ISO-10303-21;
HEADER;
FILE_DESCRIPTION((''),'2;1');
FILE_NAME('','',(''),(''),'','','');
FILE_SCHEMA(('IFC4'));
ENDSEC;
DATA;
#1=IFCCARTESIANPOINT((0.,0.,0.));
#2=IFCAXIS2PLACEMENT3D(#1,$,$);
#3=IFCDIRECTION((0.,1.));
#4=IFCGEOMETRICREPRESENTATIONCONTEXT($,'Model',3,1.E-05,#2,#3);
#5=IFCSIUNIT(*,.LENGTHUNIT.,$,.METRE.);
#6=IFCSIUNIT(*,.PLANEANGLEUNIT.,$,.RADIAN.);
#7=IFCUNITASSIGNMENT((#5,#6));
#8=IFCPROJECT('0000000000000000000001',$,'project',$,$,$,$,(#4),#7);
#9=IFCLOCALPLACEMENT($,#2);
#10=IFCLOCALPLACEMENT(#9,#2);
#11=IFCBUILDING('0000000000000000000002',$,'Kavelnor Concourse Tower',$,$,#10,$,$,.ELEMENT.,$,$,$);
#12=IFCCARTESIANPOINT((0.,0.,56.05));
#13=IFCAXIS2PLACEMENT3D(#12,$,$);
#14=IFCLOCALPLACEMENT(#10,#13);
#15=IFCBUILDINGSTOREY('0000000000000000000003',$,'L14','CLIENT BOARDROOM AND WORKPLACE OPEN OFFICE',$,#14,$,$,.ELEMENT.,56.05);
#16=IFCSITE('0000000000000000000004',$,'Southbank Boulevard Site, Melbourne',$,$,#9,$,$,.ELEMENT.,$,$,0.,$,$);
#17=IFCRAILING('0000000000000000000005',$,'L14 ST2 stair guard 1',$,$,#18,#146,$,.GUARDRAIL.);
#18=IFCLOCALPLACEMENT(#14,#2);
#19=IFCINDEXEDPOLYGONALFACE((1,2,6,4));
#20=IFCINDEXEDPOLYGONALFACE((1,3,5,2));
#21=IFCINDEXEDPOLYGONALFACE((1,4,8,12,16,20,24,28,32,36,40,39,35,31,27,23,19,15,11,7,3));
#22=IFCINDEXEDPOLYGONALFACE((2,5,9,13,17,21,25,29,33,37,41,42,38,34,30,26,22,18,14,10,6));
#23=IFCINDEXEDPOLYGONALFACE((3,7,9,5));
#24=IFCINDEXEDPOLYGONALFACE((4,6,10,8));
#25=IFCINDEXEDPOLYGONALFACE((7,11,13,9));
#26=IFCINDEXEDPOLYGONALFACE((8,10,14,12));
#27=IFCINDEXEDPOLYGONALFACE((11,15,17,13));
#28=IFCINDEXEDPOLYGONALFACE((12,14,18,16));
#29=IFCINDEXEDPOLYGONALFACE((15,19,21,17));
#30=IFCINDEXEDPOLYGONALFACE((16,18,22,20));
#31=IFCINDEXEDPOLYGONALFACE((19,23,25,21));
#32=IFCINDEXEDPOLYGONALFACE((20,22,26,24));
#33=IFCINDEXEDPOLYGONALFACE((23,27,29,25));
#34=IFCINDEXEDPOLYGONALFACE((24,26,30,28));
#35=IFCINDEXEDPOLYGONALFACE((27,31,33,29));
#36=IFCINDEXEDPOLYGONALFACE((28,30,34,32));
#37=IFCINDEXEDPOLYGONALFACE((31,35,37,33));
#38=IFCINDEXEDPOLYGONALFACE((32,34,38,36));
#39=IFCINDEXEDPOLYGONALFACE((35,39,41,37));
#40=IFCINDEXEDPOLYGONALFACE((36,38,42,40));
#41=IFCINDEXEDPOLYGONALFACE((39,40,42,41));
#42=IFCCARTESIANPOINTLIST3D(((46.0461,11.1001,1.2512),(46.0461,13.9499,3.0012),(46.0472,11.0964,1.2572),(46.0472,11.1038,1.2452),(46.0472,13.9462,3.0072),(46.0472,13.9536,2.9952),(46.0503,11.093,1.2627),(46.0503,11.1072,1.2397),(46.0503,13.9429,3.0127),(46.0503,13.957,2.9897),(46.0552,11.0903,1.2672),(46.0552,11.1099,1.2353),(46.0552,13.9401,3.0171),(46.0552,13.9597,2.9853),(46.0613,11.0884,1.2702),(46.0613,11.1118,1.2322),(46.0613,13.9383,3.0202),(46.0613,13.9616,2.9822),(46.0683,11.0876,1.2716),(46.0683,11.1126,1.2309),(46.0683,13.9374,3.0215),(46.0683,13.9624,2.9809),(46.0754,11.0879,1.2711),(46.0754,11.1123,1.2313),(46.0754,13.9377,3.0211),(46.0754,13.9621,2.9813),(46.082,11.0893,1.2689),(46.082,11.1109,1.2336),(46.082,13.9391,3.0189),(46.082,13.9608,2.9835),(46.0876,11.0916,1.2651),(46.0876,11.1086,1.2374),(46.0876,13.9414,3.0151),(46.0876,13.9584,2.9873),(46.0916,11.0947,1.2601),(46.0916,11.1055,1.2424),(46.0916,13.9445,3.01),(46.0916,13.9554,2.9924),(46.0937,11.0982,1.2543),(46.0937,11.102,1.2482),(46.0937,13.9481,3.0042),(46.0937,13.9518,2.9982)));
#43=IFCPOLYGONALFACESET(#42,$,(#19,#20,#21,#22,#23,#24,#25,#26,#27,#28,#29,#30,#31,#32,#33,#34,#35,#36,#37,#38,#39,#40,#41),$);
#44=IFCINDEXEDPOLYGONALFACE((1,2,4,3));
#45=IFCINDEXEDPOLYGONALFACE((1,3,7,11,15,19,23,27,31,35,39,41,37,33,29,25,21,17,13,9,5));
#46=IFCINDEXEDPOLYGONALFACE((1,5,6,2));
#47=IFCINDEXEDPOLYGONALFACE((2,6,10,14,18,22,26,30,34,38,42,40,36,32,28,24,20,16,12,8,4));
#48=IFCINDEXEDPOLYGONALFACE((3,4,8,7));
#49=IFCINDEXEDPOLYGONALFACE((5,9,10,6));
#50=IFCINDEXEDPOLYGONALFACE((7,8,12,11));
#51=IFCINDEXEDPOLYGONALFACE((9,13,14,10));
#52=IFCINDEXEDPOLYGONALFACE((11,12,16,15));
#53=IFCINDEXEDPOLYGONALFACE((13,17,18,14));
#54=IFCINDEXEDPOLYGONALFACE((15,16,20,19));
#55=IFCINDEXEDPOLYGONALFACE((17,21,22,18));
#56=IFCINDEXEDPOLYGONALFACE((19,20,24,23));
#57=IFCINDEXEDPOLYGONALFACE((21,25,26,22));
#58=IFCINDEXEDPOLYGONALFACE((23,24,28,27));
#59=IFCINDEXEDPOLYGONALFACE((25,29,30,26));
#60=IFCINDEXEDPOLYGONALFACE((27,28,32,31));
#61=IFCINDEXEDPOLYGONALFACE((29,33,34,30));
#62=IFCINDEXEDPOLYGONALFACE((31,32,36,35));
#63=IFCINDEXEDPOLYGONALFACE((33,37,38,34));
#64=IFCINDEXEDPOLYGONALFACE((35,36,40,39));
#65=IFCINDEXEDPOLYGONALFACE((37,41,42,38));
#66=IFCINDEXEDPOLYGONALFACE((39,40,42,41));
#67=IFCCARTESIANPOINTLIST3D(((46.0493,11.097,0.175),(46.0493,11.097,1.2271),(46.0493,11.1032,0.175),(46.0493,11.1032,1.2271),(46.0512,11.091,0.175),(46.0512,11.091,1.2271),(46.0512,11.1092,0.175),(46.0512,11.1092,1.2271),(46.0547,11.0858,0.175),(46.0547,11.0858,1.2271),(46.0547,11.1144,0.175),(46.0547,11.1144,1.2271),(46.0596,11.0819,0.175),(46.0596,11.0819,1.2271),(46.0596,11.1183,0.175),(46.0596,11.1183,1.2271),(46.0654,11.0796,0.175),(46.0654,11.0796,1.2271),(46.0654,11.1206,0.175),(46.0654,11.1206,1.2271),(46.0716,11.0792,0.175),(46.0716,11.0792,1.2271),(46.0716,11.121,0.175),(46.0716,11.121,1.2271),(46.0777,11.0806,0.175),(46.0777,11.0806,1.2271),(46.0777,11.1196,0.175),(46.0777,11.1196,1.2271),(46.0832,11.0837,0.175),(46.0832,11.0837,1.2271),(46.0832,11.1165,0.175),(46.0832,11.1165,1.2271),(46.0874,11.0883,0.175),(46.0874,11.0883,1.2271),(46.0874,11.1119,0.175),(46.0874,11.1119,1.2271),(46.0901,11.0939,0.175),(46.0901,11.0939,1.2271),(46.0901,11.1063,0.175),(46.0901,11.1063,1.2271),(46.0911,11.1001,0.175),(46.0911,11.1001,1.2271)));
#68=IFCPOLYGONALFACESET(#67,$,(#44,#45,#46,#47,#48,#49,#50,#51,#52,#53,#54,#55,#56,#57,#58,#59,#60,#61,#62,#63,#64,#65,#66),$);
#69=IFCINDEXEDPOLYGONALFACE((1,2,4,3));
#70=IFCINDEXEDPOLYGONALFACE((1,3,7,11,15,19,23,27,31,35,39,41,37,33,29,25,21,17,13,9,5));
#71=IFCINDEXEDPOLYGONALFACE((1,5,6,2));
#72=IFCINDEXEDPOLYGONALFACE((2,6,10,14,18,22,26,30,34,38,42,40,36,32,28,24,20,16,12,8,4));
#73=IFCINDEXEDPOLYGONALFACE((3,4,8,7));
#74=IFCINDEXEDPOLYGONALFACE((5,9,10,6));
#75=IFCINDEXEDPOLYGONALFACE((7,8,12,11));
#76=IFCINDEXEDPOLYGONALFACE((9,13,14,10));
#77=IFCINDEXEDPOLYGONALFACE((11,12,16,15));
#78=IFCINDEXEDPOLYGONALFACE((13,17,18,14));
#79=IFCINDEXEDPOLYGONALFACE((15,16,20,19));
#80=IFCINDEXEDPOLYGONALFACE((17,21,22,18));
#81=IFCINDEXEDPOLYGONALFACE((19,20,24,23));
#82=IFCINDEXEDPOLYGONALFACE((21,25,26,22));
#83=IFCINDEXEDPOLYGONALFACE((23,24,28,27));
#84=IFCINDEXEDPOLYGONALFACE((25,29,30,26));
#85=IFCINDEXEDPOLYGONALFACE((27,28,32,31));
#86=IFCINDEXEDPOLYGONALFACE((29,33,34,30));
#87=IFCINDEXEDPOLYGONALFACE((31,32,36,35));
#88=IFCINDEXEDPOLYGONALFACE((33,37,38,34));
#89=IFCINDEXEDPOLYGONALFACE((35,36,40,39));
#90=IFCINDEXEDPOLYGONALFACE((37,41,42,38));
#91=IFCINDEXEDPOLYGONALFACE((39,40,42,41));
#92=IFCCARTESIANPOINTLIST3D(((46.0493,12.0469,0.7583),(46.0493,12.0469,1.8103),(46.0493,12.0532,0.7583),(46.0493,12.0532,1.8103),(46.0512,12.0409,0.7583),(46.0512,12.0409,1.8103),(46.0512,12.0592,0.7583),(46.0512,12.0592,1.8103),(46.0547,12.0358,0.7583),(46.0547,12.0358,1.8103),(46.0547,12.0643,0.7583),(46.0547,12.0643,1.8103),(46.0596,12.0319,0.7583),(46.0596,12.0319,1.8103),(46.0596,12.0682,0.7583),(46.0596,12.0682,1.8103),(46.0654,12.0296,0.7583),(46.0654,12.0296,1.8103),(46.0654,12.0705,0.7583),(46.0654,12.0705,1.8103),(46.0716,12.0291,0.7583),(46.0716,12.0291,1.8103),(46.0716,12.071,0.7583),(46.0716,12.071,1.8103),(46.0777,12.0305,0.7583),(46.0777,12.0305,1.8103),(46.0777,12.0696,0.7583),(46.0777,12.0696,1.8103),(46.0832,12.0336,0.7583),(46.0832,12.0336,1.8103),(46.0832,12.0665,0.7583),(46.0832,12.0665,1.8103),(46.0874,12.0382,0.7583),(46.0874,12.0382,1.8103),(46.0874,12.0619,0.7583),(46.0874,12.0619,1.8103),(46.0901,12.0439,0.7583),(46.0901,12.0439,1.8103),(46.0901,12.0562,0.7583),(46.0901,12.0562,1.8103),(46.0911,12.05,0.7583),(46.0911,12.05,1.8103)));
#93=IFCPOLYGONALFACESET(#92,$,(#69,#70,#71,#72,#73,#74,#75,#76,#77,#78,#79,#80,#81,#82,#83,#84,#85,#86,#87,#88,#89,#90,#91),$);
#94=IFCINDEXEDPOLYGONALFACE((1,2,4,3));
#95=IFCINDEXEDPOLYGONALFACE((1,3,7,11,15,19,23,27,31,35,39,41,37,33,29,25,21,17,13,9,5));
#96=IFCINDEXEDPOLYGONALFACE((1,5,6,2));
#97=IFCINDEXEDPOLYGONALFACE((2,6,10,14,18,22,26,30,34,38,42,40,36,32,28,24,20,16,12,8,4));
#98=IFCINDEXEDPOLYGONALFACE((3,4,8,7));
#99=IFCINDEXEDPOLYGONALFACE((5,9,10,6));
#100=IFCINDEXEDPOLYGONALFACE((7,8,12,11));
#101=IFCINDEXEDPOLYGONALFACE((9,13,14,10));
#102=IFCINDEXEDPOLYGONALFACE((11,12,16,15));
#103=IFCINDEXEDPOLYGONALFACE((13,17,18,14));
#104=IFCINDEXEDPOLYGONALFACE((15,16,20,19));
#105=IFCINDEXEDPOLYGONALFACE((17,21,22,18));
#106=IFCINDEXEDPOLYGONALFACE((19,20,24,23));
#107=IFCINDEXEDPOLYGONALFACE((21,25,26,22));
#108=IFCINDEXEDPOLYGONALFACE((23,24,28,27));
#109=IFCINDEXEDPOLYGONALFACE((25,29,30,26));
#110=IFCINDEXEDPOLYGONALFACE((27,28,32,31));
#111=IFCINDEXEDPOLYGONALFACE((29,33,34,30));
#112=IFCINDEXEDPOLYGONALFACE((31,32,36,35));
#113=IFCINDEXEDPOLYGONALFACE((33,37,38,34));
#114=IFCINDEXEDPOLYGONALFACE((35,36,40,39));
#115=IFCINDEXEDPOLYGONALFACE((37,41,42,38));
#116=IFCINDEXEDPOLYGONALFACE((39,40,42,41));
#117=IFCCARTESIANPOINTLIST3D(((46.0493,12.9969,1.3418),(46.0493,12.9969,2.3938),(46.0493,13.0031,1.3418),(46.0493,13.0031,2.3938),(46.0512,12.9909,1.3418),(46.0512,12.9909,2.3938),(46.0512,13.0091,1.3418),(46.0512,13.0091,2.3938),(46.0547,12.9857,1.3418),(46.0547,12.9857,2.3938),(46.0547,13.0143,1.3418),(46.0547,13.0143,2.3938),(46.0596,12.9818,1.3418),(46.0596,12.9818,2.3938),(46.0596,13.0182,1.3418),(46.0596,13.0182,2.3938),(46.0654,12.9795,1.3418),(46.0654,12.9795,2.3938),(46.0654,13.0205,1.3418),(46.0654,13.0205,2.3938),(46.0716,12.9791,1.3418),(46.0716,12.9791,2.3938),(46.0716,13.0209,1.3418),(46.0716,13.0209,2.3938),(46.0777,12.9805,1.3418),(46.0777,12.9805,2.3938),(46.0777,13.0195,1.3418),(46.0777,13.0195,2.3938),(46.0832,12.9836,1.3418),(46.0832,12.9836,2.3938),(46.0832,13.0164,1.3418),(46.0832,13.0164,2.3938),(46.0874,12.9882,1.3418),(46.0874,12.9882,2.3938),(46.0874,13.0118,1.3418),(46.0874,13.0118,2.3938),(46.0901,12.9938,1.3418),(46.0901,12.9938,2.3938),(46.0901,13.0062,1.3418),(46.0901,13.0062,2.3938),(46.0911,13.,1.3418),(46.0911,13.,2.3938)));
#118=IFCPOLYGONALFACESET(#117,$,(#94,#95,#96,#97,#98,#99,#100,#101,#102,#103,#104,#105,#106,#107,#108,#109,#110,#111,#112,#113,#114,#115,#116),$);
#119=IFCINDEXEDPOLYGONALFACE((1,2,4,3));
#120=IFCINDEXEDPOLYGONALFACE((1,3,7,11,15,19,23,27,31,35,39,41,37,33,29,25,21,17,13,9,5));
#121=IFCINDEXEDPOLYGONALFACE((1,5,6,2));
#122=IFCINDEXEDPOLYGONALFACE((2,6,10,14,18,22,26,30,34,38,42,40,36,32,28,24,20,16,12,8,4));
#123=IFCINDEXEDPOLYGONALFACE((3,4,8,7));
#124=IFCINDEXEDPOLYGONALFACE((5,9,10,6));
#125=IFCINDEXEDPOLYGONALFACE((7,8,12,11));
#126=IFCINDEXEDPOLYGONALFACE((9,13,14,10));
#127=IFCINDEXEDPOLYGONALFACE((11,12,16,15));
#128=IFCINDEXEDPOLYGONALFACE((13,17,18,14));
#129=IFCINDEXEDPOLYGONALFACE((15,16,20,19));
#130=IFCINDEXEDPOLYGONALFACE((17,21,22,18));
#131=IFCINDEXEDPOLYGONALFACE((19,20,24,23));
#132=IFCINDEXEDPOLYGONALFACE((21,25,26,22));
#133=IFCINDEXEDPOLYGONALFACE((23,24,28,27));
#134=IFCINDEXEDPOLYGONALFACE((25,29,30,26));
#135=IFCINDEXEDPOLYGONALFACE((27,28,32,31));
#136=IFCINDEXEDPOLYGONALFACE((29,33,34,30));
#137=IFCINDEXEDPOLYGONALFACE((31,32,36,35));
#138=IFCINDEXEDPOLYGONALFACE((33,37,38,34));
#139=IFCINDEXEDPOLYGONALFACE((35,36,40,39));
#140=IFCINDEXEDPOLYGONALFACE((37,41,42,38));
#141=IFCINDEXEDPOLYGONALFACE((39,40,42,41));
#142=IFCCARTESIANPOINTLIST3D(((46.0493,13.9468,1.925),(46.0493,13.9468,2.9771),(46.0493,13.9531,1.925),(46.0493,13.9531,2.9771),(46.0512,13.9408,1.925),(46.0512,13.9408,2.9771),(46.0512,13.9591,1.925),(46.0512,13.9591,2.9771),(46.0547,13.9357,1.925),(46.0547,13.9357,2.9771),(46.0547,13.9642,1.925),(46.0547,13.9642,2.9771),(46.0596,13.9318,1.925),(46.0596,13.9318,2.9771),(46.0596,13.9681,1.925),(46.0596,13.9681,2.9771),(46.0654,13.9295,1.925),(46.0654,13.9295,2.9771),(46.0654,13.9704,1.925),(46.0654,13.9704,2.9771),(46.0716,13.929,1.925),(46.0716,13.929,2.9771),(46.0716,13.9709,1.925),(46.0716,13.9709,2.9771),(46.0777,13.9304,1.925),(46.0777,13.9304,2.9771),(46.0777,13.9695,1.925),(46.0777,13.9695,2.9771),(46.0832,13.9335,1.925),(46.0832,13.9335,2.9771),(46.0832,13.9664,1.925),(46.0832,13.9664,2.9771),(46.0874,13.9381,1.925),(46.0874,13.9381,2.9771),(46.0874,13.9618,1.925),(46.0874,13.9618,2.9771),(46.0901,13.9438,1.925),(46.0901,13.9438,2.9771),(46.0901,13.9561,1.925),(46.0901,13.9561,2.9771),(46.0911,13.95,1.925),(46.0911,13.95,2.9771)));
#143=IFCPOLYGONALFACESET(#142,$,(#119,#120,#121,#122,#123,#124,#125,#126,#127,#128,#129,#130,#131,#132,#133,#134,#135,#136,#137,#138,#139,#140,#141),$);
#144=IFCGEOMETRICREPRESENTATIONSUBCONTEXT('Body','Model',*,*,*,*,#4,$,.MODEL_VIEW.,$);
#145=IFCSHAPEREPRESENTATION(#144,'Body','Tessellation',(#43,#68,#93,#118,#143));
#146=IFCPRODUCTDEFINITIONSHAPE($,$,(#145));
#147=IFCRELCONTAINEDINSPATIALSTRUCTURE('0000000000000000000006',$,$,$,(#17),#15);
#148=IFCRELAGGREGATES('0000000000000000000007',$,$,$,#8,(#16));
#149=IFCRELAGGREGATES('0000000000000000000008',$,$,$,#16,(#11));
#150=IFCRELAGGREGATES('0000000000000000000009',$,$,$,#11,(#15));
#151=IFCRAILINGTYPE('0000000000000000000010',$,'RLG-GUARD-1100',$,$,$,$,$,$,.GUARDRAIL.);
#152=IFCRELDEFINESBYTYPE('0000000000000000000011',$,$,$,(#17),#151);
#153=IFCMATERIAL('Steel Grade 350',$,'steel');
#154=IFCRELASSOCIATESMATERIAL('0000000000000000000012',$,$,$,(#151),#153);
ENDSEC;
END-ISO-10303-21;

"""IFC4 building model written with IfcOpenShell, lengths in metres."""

from ifc_helpers import new_model, si_unit, direction, frame, origin, origin_2d, place, context, subcontext, project, spatial, circle, extrude, material, type_object, element, save


model = new_model("IFC4")

# Units and contexts
model_context = context("Model", 3, precision=1e-05, world=origin(), true_north=direction((0.0, 1.0)))
body_context = subcontext(model_context, "Body", "Model", "MODEL_VIEW")
ifc_project = project(units=[si_unit("LENGTHUNIT", "METRE"), si_unit("PLANEANGLEUNIT", "RADIAN")], contexts=[model_context])

# Site, building, storey
site_placement = place(None, origin())
site = spatial("IfcSite", under=ifc_project, at=site_placement, Name="Southbank Boulevard Site, Melbourne", CompositionType="ELEMENT", RefElevation=0.0)
building_placement = place(site_placement, origin())
building = spatial("IfcBuilding", under=site, at=building_placement, Name="Kavelnor Concourse Tower", CompositionType="ELEMENT")
storey_placement = place(building_placement, frame((0.0, 0.0, 56.05)))
storey = spatial("IfcBuildingStorey", under=building, at=storey_placement, Name="L14", Description="CLIENT BOARDROOM AND WORKPLACE OPEN OFFICE", CompositionType="ELEMENT", Elevation=56.05)

# Shared definitions
ifc_material_1 = material(Name="Steel Grade 350", Category="steel")

# Railing
railing_type_1 = type_object("IfcRailingType", Name="RLG-GUARD-1100", PredefinedType="GUARDRAIL", material=ifc_material_1)
railing_1_placement = place(storey_placement, frame((46.0701, 11.1001, 0.175)))
element("IfcRailing", 1, at=railing_1_placement, inside=storey, type_object=railing_type_1, Name="L14 ST2 stair guard 1", PredefinedType="GUARDRAIL", context=body_context, shape_type="SweptSolid", body=[
    extrude(circle(Radius=0.0239, at=origin_2d()), frame((0.0, 0.0, 1.0762), z_axis=(0.0, 0.852159, 0.523283), x_axis=(-1.0, 0.0, 0.0)), (0.0, 0.0, 1.0), 3.3442),
    extrude(circle(Radius=0.021, at=origin_2d()), origin(), (0.0, 0.0, 1.0), 1.052),
    extrude(circle(Radius=0.021, at=origin_2d()), frame((0.0, 0.95, 0.5833)), (0.0, 0.0, 1.0), 1.052),
    extrude(circle(Radius=0.021, at=origin_2d()), frame((0.0, 1.8999, 1.1667)), (0.0, 0.0, 1.0), 1.052),
    extrude(circle(Radius=0.021, at=origin_2d()), frame((0.0, 2.8499, 1.75)), (0.0, 0.0, 1.0), 1.052),
])

save(model, "model.ifc")
